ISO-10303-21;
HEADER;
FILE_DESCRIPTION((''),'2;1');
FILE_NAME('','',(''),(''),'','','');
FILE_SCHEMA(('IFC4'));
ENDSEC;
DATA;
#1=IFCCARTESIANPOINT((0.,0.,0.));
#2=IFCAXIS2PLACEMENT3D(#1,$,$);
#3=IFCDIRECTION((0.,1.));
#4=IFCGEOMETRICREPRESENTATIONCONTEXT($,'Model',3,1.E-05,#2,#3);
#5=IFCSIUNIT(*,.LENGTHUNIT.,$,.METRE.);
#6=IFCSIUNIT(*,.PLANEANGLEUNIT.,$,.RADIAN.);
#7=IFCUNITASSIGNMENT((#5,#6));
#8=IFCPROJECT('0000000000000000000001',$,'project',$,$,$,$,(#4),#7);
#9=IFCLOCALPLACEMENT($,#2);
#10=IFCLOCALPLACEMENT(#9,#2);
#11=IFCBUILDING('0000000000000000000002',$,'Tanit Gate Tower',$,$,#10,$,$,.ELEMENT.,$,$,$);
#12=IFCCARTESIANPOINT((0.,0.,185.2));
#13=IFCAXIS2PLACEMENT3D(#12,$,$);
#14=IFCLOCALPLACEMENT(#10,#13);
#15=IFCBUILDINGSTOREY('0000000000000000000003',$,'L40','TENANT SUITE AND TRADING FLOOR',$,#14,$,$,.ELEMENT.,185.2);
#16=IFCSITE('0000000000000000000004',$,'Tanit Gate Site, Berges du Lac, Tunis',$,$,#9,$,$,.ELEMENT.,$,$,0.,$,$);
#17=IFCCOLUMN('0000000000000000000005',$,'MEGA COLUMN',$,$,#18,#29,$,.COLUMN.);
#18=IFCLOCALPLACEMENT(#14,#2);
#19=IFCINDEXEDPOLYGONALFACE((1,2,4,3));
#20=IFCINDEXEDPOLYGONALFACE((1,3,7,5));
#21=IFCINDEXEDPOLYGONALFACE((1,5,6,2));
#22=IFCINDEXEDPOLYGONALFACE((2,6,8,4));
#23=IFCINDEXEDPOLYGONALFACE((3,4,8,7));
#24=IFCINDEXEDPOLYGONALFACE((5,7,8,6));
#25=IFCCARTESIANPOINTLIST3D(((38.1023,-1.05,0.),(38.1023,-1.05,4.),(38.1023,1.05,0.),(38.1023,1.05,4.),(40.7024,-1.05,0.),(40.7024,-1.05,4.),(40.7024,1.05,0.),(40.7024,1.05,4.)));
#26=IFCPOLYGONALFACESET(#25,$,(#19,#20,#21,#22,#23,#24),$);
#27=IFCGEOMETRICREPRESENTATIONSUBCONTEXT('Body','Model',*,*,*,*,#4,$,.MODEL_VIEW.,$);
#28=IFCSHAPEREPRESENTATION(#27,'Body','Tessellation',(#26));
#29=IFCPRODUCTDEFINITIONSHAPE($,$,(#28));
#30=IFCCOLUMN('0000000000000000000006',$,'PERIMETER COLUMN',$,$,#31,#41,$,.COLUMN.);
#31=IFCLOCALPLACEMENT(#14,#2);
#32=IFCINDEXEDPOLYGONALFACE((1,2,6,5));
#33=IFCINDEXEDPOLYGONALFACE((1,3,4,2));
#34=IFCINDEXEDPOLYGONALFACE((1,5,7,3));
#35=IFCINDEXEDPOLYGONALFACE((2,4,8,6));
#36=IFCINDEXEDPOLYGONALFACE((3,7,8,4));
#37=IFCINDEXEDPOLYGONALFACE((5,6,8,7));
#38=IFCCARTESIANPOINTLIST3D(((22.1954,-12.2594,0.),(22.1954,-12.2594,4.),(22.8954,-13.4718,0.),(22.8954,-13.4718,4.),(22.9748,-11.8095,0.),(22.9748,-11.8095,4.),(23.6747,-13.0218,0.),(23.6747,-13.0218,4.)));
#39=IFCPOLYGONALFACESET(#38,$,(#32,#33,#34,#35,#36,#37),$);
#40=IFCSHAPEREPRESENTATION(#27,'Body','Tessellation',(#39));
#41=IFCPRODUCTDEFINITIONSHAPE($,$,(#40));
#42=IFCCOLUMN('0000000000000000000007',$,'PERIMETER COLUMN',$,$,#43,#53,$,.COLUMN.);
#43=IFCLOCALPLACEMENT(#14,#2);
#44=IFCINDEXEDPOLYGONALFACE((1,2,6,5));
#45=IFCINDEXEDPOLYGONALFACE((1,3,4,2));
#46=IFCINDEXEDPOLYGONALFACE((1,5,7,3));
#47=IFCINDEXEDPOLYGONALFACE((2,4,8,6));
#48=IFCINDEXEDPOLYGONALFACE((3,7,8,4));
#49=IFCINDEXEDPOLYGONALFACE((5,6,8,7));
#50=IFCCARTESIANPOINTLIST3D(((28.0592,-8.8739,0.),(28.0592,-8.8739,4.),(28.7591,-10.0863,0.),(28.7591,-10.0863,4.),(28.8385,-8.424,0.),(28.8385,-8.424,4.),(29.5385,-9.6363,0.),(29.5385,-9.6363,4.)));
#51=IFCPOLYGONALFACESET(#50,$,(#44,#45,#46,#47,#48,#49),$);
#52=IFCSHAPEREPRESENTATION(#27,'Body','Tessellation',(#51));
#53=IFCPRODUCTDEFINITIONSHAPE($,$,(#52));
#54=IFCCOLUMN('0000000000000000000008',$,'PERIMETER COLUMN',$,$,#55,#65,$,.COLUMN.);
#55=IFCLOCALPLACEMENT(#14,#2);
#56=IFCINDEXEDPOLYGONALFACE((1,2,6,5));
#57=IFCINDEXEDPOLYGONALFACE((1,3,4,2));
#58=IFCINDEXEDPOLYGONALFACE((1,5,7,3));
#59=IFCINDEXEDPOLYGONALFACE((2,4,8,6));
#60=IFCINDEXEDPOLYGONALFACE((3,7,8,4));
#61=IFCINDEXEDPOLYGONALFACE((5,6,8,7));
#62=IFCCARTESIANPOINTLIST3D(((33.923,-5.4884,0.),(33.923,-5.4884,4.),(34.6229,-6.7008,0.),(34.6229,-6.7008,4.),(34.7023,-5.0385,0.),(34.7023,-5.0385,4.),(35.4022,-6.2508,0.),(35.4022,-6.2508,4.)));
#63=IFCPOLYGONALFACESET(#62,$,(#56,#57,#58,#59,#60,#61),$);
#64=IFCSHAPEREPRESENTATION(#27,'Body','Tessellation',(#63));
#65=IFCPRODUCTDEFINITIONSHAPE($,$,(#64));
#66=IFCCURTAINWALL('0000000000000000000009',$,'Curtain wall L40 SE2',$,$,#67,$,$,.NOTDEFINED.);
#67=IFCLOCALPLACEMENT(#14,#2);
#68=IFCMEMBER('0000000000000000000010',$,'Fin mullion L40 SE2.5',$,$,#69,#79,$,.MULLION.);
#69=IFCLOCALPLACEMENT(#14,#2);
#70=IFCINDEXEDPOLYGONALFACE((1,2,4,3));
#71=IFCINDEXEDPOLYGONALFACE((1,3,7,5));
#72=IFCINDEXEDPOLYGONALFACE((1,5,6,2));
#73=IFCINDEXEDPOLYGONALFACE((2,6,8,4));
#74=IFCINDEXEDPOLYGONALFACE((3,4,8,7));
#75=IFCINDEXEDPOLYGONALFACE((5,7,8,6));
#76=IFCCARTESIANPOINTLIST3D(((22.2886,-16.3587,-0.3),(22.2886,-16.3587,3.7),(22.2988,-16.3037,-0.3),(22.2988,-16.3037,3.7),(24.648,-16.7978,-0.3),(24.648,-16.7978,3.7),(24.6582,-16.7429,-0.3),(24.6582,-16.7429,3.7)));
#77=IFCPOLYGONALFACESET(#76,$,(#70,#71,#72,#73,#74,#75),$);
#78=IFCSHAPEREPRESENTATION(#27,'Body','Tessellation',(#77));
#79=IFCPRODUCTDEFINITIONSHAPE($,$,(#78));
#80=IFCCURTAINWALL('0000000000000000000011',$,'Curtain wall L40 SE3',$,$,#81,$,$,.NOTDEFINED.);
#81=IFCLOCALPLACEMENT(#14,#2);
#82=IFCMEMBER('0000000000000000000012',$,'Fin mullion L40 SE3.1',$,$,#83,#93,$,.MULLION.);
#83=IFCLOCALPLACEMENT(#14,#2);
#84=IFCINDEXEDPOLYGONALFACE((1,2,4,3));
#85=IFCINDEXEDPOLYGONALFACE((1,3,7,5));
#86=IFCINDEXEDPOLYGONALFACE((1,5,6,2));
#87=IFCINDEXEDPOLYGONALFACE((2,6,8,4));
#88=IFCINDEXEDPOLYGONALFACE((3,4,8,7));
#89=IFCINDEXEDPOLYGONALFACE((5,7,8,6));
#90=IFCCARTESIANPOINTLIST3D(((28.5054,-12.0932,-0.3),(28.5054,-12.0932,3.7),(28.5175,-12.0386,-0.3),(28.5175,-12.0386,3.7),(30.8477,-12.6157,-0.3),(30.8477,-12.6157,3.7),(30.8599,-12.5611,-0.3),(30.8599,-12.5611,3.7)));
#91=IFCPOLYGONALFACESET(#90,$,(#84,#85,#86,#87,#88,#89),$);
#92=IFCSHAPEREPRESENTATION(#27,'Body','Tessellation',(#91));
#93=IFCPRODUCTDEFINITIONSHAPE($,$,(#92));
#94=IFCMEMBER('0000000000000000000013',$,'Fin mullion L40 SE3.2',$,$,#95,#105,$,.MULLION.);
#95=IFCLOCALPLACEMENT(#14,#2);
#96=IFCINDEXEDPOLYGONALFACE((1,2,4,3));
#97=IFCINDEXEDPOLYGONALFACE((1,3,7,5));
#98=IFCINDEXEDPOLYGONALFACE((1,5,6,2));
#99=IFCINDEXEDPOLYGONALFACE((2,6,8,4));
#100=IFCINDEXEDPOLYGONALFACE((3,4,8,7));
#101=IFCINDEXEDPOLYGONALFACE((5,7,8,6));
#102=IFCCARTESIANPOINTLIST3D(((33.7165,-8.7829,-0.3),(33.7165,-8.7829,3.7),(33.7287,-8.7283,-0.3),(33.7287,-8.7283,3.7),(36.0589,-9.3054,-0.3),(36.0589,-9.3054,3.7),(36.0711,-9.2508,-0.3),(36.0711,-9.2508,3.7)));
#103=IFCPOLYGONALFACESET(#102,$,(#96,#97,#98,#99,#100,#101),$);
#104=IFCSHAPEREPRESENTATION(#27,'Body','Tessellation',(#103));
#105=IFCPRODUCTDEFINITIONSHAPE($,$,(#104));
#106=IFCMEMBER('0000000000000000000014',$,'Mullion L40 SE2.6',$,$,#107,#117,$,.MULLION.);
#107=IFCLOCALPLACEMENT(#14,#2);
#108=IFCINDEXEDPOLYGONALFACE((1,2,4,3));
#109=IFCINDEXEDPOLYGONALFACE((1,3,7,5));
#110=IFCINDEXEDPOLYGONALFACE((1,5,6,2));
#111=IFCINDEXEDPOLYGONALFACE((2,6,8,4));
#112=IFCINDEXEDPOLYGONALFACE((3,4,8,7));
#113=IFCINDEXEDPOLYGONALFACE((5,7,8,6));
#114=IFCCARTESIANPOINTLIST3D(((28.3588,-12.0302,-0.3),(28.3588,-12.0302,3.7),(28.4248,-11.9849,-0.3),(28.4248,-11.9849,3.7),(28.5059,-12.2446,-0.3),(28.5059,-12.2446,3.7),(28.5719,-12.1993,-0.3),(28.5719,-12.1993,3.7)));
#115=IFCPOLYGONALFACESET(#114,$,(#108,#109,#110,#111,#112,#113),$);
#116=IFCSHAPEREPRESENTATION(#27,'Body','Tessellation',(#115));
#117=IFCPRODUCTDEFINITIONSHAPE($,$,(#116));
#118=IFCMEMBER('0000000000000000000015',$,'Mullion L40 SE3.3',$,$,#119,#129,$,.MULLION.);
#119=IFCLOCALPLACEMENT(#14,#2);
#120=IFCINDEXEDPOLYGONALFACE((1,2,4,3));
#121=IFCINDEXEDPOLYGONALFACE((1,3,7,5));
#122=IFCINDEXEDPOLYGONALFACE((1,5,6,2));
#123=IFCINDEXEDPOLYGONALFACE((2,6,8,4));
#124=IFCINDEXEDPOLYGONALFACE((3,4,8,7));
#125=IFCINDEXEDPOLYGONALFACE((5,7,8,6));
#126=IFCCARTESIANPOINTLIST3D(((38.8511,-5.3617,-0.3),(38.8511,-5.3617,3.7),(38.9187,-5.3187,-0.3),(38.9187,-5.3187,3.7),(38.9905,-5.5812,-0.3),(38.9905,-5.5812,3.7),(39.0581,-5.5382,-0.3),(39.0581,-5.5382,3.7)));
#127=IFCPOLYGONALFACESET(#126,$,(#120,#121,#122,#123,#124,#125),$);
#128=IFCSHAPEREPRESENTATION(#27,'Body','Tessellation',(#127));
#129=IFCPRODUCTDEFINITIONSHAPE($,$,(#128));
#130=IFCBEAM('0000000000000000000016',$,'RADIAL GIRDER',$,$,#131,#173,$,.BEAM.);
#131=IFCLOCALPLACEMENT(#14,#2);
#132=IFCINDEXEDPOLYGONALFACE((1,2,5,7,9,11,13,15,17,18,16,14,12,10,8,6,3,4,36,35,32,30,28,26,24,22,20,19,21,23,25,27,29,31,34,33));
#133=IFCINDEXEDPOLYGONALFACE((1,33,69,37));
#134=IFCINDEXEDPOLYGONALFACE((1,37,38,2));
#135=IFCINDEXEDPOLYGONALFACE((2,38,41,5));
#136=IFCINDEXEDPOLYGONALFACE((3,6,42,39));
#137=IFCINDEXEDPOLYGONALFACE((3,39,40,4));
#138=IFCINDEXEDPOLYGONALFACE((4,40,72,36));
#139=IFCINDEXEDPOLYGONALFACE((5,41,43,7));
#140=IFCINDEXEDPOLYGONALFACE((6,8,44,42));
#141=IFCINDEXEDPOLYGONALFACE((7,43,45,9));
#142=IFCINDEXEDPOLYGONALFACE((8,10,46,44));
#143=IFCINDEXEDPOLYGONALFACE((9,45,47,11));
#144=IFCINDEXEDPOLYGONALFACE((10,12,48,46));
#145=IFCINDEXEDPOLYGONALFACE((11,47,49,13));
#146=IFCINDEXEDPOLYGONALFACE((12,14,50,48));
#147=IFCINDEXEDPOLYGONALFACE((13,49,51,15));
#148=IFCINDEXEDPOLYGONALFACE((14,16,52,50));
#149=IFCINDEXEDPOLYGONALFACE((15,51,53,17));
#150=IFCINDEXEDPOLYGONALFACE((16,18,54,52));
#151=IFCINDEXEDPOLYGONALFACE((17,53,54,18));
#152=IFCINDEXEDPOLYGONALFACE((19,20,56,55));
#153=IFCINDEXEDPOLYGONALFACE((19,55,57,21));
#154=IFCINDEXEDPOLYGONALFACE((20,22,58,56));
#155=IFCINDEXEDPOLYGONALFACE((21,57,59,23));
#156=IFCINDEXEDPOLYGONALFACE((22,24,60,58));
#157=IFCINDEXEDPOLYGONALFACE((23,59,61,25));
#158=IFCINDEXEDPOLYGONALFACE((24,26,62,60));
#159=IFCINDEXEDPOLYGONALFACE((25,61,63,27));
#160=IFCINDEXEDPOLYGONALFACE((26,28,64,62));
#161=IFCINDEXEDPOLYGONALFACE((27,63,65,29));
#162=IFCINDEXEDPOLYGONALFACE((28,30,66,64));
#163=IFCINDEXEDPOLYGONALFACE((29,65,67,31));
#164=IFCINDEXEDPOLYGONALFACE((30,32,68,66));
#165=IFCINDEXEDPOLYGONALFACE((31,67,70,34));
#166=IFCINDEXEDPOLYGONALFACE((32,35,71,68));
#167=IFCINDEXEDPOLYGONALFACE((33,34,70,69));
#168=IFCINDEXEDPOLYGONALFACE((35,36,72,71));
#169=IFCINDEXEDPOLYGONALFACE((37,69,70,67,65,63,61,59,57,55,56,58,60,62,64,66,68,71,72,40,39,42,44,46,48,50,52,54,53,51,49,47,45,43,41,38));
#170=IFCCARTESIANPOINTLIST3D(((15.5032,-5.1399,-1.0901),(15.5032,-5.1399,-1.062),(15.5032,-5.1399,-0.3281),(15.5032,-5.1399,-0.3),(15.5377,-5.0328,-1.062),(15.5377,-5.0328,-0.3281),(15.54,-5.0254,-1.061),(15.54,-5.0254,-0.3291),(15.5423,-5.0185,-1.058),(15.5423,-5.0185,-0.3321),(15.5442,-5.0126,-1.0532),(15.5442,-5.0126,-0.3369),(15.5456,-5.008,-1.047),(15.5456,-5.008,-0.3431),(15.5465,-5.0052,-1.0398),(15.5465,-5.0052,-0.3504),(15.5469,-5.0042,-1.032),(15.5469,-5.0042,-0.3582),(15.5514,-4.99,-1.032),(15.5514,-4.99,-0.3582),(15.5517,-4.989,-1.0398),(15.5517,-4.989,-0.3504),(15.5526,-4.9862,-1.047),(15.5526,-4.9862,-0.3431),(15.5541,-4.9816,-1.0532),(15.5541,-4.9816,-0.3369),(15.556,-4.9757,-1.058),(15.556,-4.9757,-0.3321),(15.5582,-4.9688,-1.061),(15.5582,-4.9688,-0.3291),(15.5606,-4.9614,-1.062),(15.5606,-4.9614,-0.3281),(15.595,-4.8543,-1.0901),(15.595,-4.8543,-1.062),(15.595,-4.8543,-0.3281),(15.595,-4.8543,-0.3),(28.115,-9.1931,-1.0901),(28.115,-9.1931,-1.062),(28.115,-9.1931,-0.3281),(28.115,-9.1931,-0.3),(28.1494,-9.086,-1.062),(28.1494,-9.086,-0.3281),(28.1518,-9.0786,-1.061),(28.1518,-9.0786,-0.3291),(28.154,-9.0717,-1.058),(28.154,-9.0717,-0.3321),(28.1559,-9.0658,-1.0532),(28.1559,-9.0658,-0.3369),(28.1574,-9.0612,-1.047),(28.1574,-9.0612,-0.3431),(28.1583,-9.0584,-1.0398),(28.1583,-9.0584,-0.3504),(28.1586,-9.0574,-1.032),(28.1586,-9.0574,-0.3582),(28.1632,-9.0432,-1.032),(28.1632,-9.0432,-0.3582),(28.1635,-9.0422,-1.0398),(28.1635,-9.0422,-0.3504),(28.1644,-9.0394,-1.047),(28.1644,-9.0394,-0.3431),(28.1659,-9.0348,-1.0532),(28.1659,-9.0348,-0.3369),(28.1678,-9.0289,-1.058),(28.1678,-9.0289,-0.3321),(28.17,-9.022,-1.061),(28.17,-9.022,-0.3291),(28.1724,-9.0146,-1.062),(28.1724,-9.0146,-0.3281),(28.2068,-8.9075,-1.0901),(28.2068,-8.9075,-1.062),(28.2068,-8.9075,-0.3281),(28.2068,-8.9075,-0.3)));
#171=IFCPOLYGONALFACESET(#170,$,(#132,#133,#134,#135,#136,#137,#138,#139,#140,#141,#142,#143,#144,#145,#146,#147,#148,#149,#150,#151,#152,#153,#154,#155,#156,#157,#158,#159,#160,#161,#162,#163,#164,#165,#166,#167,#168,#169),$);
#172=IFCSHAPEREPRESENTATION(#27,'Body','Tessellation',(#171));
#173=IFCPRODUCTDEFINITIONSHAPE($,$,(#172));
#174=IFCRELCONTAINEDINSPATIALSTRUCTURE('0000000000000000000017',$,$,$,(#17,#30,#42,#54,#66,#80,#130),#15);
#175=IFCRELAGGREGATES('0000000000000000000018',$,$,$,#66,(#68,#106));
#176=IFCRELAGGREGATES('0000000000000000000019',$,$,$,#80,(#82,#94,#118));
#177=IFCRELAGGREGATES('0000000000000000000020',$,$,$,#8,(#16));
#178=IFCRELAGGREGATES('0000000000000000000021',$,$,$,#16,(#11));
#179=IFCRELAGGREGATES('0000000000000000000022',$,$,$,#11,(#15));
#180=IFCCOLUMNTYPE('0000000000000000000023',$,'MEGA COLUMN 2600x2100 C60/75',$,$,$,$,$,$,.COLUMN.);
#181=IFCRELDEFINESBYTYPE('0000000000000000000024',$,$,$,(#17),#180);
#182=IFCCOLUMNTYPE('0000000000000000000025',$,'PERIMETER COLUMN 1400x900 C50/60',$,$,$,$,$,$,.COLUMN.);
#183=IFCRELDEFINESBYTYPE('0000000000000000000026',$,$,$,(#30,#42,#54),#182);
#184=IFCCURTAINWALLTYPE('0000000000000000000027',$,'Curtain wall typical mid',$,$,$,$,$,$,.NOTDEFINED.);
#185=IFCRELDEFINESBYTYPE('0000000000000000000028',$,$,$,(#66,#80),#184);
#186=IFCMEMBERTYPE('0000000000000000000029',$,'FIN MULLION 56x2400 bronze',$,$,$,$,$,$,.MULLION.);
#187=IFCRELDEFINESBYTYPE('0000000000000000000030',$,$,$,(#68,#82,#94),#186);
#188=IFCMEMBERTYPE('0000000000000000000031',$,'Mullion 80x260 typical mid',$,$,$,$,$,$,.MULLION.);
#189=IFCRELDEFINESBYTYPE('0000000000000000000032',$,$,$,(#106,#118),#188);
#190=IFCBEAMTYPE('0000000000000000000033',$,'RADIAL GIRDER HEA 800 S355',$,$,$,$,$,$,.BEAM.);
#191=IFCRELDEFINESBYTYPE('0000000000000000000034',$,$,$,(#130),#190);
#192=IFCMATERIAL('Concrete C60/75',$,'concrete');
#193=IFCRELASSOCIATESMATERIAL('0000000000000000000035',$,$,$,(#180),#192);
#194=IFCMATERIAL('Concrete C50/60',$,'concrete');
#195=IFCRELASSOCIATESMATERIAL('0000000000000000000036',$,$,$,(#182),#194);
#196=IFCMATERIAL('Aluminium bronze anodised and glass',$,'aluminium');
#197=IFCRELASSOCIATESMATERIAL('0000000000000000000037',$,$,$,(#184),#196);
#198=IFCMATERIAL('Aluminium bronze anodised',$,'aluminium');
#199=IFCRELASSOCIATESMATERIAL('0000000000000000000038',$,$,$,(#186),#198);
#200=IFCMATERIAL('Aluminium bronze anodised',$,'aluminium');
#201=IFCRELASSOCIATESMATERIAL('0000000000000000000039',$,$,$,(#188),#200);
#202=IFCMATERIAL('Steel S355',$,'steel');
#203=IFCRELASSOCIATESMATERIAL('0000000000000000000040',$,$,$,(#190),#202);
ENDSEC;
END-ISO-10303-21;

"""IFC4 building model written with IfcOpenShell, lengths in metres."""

from ifc_helpers import new_model, si_unit, direction, frame, origin, origin_2d, place, context, subcontext, project, spatial, rectangle, i_section, extrude, material, material_profile, profile_set, type_object, element, aggregate, save


model = new_model("IFC4")

# Units and contexts
model_context = context("Model", 3, precision=1e-05, world=origin(), true_north=direction((0.0, 1.0)))
body_context = subcontext(model_context, "Body", "Model", "MODEL_VIEW")
ifc_project = project(units=[si_unit("LENGTHUNIT", "METRE"), si_unit("PLANEANGLEUNIT", "RADIAN")], contexts=[model_context])

# Site, building, storey
site_placement = place(None, origin())
site = spatial("IfcSite", under=ifc_project, at=site_placement, Name="Tanit Gate Site, Berges du Lac, Tunis", CompositionType="ELEMENT", RefElevation=0.0)
building_placement = place(site_placement, origin())
building = spatial("IfcBuilding", under=site, at=building_placement, Name="Tanit Gate Tower", CompositionType="ELEMENT")
storey_placement = place(building_placement, frame((0.0, 0.0, 185.2)))
storey = spatial("IfcBuildingStorey", under=building, at=storey_placement, Name="L40", Description="TENANT SUITE AND TRADING FLOOR", CompositionType="ELEMENT", Elevation=185.2)

# Columns
ifc_material_1 = material(Name="Concrete C60/75", Category="concrete")
ifc_material_profile_1 = material_profile(ifc_material_1, rectangle(XDim=2.6001, YDim=2.1001, at=origin_2d()), Name="RC 2600x2100")
ifc_profile_set_1 = profile_set([ifc_material_profile_1], Name="Concrete C60/75")
column_type_1 = type_object("IfcColumnType", Name="MEGA COLUMN 2600x2100 C60/75", PredefinedType="COLUMN", material=ifc_profile_set_1)
column_placement = place(storey_placement, frame((39.4023, 0.0, 0.0), z_axis=(0.0, 0.0, 1.0), x_axis=(1.0, 0.0, 0.0)))
element("IfcColumn", 1, at=column_placement, inside=storey, type_object=column_type_1, Name="MEGA COLUMN", PredefinedType="COLUMN", context=body_context, shape_type="SweptSolid", body=[
    extrude(rectangle(XDim=2.6001, YDim=2.1001, at=origin_2d()), origin(), (0.0, 0.0, 1.0), 4.0),
])
ifc_material_2 = material(Name="Concrete C50/60", Category="concrete")
ifc_material_profile_2 = material_profile(ifc_material_2, rectangle(XDim=1.3999, YDim=0.8999, at=origin_2d()), Name="RC 1400x900")
ifc_profile_set_2 = profile_set([ifc_material_profile_2], Name="Concrete C50/60")
column_type_2 = type_object("IfcColumnType", Name="PERIMETER COLUMN 1400x900 C50/60", PredefinedType="COLUMN", material=ifc_profile_set_2)
for number, where, z_axis, x_axis, name in (
    (2, (22.9351, -12.6406, 0.0), (0.0, 0.0, 1.0), (0.5, -0.866025, 0.0), "PERIMETER COLUMN"),
    (3, (28.7988, -9.2551, 0.0), (0.0, 0.0, 1.0), (0.5, -0.866025, 0.0), "PERIMETER COLUMN"),
    (4, (34.6626, -5.8696, 0.0), (0.0, 0.0, 1.0), (0.5, -0.866025, 0.0), "PERIMETER COLUMN"),
):
    element("IfcColumn", number, at=place(storey_placement, frame(where, z_axis=z_axis, x_axis=x_axis)), inside=storey, type_object=column_type_2, Name=name, PredefinedType="COLUMN", context=body_context, shape_type="SweptSolid", body=[
        extrude(rectangle(XDim=1.3999, YDim=0.8999, at=origin_2d()), origin(), (0.0, 0.0, 1.0), 4.0),
    ])

# Curtain wall, member
ifc_material_3 = material(Name="Aluminium bronze anodised and glass", Category="aluminium")
curtain_wall_type = type_object("IfcCurtainWallType", Name="Curtain wall typical mid", PredefinedType="NOTDEFINED", material=ifc_material_3)
curtain_wall_1_placement = place(storey_placement, origin())
curtain_wall_1 = element("IfcCurtainWall", 5, at=curtain_wall_1_placement, inside=storey, type_object=curtain_wall_type, Name="Curtain wall L40 SE2", PredefinedType="NOTDEFINED")
ifc_material_4 = material(Name="Aluminium bronze anodised", Category="aluminium")
ifc_material_profile_3 = material_profile(ifc_material_4, rectangle(XDim=2.3999, YDim=0.0559, at=origin_2d()), Name="56x2400 bronze fin mullion")
ifc_profile_set_3 = profile_set([ifc_material_profile_3], Name="Aluminium bronze anodised")
member_type_1 = type_object("IfcMemberType", Name="FIN MULLION 56x2400 bronze", PredefinedType="MULLION", material=ifc_profile_set_3)
member_1_placement = place(storey_placement, frame((23.4734, -16.5508, -0.3), z_axis=(0.0, 0.0, 1.0), x_axis=(-0.983116, 0.182983, 0.0)))
member_1 = element("IfcMember", 6, at=member_1_placement, type_object=member_type_1, Name="Fin mullion L40 SE2.5", PredefinedType="MULLION", context=body_context, shape_type="SweptSolid", body=[
    extrude(rectangle(XDim=2.3999, YDim=0.0559, at=origin_2d()), origin(), (0.0, 0.0, 1.0), 4.0),
])

# Curtain wall, members
curtain_wall_2_placement = place(storey_placement, origin())
curtain_wall_2 = element("IfcCurtainWall", 7, at=curtain_wall_2_placement, inside=storey, type_object=curtain_wall_type, Name="Curtain wall L40 SE3", PredefinedType="NOTDEFINED")
member_2_placement = place(storey_placement, frame((29.6826, -12.3271, -0.3), z_axis=(0.0, 0.0, 1.0), x_axis=(-0.976011, 0.217722, 0.0)))
member_2 = element("IfcMember", 8, at=member_2_placement, type_object=member_type_1, Name="Fin mullion L40 SE3.1", PredefinedType="MULLION", context=body_context, shape_type="SweptSolid", body=[
    extrude(rectangle(XDim=2.3999, YDim=0.0559, at=origin_2d()), origin(), (0.0, 0.0, 1.0), 4.0),
])
member_3_placement = place(storey_placement, frame((34.8938, -9.0168, -0.3), z_axis=(0.0, 0.0, 1.0), x_axis=(-0.976011, 0.217722, 0.0)))
member_3 = element("IfcMember", 9, at=member_3_placement, type_object=member_type_1, Name="Fin mullion L40 SE3.2", PredefinedType="MULLION", context=body_context, shape_type="SweptSolid", body=[
    extrude(rectangle(XDim=2.3999, YDim=0.0559, at=origin_2d()), origin(), (0.0, 0.0, 1.0), 4.0),
])

# Members
ifc_material_5 = material(Name="Aluminium bronze anodised", Category="aluminium")
ifc_material_profile_4 = material_profile(ifc_material_5, rectangle(XDim=0.26, YDim=0.0801, at=origin_2d()), Name="80x260 bronze mullion")
ifc_profile_set_4 = profile_set([ifc_material_profile_4], Name="Aluminium bronze anodised")
member_type_2 = type_object("IfcMemberType", Name="Mullion 80x260 typical mid", PredefinedType="MULLION", material=ifc_profile_set_4)
member_4_placement = place(storey_placement, frame((28.4653, -12.1147, -0.3), z_axis=(0.0, 0.0, 1.0), x_axis=(-0.56578, 0.824557, 0.0)))
member_4 = element("IfcMember", 10, at=member_4_placement, type_object=member_type_2, Name="Mullion L40 SE2.6", PredefinedType="MULLION", context=body_context, shape_type="SweptSolid", body=[
    extrude(rectangle(XDim=0.26, YDim=0.0801, at=origin_2d()), origin(), (0.0, 0.0, 1.0), 4.0),
])
member_5_placement = place(storey_placement, frame((38.9546, -5.45, -0.3), z_axis=(0.0, 0.0, 1.0), x_axis=(-0.536191, 0.844097, 0.0)))
member_5 = element("IfcMember", 11, at=member_5_placement, type_object=member_type_2, Name="Mullion L40 SE3.3", PredefinedType="MULLION", context=body_context, shape_type="SweptSolid", body=[
    extrude(rectangle(XDim=0.26, YDim=0.0801, at=origin_2d()), origin(), (0.0, 0.0, 1.0), 4.0),
])

# Beam
ifc_material_6 = material(Name="Steel S355", Category="steel")
ifc_material_profile_5 = material_profile(ifc_material_6, i_section(OverallWidth=0.3, OverallDepth=0.79, WebThickness=0.0149, FlangeThickness=0.0281, FilletRadius=0.03, at=origin_2d()), Name="HEA 800")
ifc_profile_set_5 = profile_set([ifc_material_profile_5], Name="Steel S355")
beam_type_1 = type_object("IfcBeamType", Name="RADIAL GIRDER HEA 800 S355", PredefinedType="BEAM", material=ifc_profile_set_5)
beam_1_placement = place(storey_placement, frame((28.1609, -9.0503, -0.6951), z_axis=(-0.952041, 0.30597, 0.0), x_axis=(-0.30597, -0.952041, 0.0)))
element("IfcBeam", 12, at=beam_1_placement, inside=storey, type_object=beam_type_1, Name="RADIAL GIRDER", PredefinedType="BEAM", context=body_context, shape_type="SweptSolid", body=[
    extrude(i_section(OverallWidth=0.3, OverallDepth=0.79, WebThickness=0.0149, FlangeThickness=0.0281, FilletRadius=0.03, at=origin_2d()), origin(), (0.0, 0.0, 1.0), 13.2471),
])

aggregate(curtain_wall_1, [member_1, member_4])
aggregate(curtain_wall_2, [member_2, member_3, member_5])

save(model, "model.ifc")
